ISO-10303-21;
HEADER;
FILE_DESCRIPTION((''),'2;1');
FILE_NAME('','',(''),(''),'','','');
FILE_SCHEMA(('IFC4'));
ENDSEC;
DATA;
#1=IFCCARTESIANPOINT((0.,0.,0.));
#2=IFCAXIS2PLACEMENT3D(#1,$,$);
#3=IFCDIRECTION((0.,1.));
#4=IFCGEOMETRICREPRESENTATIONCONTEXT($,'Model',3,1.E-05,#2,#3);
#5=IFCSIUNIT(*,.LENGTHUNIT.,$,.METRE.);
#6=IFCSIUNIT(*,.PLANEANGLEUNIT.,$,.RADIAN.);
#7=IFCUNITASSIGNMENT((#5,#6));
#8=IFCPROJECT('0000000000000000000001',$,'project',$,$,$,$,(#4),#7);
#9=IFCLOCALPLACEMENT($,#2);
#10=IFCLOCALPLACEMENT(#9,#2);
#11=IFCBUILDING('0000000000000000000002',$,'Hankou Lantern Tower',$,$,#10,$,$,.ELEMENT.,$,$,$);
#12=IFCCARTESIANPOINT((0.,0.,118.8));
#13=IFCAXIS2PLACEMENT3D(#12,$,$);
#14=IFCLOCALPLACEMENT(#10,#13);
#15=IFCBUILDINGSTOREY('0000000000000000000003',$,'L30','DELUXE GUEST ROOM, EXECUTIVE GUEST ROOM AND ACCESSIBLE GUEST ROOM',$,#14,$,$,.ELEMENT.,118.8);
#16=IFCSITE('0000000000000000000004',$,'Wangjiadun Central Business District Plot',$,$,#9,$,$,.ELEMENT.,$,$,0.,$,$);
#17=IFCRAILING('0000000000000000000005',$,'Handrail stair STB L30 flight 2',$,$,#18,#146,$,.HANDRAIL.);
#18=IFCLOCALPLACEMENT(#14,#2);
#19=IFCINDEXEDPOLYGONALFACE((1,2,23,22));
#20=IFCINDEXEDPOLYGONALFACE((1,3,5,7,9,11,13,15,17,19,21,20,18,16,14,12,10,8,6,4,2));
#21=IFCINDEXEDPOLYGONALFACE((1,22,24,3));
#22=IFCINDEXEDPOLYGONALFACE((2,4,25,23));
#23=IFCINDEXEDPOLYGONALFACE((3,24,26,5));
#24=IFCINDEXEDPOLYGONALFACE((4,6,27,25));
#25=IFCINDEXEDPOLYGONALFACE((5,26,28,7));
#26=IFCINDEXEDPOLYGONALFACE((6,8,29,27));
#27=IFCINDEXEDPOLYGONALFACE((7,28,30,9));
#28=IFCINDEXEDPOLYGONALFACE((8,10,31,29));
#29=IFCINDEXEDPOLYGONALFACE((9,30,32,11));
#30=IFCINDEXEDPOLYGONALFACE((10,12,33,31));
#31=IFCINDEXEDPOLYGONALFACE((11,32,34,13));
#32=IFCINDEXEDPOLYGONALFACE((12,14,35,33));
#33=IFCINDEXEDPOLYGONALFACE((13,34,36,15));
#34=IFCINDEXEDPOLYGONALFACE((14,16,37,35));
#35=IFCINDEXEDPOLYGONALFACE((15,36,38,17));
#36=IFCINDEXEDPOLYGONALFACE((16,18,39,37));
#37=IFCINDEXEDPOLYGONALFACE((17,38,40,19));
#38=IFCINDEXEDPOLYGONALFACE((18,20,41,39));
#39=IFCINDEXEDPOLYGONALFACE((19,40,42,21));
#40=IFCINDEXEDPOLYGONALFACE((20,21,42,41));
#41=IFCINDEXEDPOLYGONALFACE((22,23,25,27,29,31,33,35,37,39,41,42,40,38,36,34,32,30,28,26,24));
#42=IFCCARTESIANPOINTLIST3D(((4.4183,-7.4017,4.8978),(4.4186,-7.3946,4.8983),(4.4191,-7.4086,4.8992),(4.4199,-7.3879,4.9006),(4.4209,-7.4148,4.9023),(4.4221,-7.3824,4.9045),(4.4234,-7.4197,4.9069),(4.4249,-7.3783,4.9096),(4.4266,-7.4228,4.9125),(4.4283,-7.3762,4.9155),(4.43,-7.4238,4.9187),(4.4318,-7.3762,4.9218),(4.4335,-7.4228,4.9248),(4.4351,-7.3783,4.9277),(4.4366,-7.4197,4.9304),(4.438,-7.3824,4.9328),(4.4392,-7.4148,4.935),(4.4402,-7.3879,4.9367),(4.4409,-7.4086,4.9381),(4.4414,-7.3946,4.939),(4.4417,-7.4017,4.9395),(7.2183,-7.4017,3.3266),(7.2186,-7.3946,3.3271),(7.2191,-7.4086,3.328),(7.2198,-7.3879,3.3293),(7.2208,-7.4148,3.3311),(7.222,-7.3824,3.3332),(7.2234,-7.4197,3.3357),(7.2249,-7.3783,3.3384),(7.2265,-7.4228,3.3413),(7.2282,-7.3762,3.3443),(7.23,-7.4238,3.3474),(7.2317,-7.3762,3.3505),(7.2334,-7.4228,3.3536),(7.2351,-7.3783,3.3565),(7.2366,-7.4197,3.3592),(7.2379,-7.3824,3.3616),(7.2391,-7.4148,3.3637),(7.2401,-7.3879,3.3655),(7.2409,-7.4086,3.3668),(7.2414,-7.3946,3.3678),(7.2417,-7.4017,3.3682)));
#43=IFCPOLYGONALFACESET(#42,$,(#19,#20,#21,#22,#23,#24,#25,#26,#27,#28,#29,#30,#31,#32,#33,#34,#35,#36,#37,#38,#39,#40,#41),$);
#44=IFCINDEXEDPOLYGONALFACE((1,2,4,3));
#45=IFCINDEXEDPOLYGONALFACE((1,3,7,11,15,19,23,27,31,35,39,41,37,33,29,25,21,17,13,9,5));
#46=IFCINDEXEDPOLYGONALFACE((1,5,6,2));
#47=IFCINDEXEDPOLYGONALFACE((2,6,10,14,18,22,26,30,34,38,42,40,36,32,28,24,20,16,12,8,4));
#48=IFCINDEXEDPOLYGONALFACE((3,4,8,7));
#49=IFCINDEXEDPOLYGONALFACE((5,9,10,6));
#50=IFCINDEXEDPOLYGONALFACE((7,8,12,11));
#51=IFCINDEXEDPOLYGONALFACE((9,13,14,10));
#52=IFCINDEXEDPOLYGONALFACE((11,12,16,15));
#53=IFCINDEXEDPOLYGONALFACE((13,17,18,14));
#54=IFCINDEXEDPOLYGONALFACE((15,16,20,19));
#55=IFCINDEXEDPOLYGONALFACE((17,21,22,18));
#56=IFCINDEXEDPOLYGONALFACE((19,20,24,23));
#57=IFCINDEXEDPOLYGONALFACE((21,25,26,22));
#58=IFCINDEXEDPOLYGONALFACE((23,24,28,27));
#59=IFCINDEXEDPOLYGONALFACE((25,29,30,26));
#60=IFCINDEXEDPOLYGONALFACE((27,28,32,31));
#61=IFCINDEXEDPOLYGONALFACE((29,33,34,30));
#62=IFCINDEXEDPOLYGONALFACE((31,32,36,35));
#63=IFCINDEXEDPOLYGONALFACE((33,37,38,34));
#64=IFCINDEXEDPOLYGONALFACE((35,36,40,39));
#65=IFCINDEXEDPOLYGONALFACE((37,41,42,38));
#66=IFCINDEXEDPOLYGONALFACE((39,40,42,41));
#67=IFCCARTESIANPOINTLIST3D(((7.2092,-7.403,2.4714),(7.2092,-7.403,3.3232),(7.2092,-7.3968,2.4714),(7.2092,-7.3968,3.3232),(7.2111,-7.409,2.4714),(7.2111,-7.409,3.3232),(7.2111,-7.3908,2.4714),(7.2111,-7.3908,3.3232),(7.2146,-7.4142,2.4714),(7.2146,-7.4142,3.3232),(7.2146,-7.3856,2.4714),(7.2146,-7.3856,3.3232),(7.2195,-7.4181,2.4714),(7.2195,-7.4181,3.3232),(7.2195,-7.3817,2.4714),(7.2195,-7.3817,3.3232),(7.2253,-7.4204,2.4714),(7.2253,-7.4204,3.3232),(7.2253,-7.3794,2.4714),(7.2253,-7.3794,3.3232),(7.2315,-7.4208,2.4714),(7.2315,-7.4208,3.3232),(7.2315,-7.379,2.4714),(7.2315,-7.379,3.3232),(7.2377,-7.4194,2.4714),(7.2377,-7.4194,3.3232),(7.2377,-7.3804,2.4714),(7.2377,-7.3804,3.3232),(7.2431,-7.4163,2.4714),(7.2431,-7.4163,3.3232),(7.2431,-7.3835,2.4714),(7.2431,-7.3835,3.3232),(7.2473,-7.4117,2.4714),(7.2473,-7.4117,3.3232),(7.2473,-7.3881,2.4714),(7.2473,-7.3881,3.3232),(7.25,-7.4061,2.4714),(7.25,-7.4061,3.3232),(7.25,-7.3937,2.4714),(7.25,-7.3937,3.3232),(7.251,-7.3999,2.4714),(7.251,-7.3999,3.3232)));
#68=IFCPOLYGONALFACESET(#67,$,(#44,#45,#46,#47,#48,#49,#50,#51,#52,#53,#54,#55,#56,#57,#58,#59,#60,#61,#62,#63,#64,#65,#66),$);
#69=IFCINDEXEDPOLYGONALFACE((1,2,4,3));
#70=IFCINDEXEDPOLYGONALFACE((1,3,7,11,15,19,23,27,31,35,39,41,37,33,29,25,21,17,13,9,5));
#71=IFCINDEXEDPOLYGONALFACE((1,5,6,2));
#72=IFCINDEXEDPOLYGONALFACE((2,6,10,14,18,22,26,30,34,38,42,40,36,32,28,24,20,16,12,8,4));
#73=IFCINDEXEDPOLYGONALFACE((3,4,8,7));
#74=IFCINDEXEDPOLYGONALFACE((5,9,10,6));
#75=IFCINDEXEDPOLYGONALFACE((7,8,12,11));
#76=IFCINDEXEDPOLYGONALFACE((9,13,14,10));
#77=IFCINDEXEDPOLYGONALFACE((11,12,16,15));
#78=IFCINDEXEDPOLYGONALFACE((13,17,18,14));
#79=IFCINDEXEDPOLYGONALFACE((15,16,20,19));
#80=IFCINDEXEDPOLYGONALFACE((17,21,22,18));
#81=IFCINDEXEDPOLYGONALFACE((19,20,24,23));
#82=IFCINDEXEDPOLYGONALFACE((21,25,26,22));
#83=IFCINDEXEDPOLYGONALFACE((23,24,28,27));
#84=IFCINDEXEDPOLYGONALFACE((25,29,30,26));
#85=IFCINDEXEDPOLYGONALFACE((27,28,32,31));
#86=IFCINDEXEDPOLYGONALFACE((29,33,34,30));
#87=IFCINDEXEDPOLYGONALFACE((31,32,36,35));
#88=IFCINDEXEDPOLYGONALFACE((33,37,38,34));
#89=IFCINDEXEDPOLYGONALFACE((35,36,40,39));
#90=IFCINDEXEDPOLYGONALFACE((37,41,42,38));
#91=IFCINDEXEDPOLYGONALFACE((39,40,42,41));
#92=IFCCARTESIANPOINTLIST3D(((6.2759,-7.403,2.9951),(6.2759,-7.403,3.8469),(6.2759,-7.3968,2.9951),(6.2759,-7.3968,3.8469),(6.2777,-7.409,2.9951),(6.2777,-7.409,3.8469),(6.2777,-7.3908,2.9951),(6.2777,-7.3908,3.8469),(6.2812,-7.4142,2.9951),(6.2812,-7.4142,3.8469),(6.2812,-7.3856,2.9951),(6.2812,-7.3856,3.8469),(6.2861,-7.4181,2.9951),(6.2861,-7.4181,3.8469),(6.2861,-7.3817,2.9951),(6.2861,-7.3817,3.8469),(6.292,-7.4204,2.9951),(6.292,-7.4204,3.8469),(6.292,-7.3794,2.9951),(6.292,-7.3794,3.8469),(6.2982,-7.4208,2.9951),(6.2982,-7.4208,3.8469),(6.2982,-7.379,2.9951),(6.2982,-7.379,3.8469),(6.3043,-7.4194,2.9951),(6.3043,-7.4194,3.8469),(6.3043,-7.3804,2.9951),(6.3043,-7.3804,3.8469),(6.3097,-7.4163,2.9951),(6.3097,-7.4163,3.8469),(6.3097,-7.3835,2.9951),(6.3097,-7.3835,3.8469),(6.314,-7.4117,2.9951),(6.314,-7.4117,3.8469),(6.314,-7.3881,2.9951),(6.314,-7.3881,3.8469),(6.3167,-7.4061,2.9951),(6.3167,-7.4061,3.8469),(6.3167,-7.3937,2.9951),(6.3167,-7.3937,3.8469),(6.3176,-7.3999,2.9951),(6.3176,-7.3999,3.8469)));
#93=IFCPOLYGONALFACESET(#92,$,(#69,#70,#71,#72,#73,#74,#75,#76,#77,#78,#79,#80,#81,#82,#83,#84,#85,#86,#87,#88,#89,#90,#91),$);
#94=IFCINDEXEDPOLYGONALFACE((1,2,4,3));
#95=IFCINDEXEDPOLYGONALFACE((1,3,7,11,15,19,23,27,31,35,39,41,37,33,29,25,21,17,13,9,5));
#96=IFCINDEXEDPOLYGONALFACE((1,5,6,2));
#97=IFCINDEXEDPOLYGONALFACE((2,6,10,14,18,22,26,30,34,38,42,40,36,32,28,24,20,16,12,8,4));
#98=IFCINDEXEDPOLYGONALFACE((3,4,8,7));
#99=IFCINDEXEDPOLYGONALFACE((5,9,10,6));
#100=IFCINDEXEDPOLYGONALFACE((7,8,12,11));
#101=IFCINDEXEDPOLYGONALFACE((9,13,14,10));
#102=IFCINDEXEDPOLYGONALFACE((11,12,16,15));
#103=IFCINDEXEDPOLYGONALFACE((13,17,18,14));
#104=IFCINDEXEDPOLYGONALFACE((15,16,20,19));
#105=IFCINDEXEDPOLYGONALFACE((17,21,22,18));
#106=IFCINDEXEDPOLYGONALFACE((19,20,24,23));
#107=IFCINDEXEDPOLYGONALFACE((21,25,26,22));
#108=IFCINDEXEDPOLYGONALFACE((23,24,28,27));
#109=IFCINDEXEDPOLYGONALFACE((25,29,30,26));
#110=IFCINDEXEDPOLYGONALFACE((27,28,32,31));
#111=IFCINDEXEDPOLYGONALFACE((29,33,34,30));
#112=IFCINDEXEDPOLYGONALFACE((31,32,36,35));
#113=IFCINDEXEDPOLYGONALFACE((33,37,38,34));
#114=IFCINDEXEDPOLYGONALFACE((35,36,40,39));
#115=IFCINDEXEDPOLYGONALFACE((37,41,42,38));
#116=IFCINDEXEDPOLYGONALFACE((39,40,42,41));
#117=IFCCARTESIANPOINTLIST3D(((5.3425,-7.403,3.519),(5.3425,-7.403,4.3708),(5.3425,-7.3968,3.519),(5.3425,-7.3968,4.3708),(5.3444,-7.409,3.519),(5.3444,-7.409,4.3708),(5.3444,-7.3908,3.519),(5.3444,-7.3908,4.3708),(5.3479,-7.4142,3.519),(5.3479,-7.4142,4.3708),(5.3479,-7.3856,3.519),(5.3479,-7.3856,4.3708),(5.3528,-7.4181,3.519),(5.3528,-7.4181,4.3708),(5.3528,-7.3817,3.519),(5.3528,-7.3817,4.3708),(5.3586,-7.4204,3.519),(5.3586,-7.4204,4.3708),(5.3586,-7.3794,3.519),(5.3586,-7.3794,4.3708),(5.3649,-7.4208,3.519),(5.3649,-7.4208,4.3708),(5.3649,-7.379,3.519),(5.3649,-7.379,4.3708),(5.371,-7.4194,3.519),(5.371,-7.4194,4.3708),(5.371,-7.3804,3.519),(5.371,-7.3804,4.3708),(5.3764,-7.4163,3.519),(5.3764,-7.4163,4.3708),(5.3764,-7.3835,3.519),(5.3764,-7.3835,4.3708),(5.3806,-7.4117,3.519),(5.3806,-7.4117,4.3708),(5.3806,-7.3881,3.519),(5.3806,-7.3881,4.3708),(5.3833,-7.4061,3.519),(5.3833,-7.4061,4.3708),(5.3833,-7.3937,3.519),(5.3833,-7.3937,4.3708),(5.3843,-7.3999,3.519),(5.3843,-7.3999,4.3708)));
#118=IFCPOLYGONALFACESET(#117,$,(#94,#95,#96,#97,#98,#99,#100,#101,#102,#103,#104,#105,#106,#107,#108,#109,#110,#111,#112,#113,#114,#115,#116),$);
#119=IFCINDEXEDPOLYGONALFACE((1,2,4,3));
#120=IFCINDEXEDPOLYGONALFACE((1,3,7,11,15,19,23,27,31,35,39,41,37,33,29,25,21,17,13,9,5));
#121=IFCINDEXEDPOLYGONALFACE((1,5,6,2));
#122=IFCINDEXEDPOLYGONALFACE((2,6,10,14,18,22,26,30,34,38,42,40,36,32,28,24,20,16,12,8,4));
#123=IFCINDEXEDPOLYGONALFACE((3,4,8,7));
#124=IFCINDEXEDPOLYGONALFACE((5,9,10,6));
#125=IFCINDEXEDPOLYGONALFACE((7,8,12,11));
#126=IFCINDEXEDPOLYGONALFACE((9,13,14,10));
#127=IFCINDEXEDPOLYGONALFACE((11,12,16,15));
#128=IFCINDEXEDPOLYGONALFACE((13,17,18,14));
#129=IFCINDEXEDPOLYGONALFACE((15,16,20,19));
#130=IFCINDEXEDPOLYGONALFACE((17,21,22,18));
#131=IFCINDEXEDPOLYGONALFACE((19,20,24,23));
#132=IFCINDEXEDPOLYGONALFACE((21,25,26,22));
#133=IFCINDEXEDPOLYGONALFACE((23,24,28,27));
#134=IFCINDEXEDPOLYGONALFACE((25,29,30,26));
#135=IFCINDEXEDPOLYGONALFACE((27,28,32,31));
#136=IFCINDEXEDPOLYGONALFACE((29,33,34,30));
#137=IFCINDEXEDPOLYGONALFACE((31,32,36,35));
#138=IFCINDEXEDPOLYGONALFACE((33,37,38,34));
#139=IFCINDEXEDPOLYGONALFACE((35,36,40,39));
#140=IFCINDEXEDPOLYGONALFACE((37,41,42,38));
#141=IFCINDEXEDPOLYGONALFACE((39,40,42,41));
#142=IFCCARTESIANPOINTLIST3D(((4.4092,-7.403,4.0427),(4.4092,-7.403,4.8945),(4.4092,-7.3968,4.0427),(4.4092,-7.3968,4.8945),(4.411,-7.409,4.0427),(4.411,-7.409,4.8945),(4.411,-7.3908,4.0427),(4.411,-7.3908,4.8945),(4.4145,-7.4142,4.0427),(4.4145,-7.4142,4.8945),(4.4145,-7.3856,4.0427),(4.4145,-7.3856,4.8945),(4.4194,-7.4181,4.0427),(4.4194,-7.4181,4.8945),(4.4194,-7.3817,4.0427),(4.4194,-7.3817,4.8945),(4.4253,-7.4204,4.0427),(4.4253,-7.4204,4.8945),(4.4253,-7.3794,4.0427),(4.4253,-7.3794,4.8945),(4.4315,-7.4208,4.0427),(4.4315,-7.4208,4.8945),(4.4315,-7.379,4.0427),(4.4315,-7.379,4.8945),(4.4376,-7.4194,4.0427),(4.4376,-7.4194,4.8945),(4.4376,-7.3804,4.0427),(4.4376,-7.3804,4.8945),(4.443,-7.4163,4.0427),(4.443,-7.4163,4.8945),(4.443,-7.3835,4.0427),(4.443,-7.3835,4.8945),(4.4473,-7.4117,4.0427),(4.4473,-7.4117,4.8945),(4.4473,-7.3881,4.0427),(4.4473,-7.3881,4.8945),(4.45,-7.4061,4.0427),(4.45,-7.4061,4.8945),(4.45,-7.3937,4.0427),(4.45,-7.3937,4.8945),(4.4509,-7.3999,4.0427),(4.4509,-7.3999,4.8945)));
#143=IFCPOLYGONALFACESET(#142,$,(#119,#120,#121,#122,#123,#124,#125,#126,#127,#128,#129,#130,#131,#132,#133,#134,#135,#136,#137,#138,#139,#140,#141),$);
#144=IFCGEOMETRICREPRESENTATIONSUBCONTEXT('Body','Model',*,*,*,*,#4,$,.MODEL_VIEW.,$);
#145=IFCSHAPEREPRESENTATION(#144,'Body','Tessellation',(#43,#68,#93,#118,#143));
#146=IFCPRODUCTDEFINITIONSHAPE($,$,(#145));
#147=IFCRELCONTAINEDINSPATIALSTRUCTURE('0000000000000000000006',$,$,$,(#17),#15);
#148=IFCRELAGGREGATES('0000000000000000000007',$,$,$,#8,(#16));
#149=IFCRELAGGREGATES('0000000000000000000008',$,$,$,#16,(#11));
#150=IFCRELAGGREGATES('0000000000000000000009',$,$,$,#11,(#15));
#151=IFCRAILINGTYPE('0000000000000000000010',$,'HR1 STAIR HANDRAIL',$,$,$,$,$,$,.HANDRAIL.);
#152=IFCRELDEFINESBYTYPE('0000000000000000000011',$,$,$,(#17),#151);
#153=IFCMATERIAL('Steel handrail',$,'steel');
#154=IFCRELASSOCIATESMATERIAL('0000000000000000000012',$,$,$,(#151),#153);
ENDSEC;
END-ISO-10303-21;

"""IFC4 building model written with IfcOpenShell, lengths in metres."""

from ifc_helpers import new_model, si_unit, direction, frame, origin, origin_2d, place, context, subcontext, project, spatial, circle, extrude, material, type_object, element, save


model = new_model("IFC4")

# Units and contexts
model_context = context("Model", 3, precision=1e-05, world=origin(), true_north=direction((0.0, 1.0)))
body_context = subcontext(model_context, "Body", "Model", "MODEL_VIEW")
ifc_project = project(units=[si_unit("LENGTHUNIT", "METRE"), si_unit("PLANEANGLEUNIT", "RADIAN")], contexts=[model_context])

# Site, building, storey
site_placement = place(None, origin())
site = spatial("IfcSite", under=ifc_project, at=site_placement, Name="Wangjiadun Central Business District Plot", CompositionType="ELEMENT", RefElevation=0.0)
building_placement = place(site_placement, origin())
building = spatial("IfcBuilding", under=site, at=building_placement, Name="Hankou Lantern Tower", CompositionType="ELEMENT")
storey_placement = place(building_placement, frame((0.0, 0.0, 118.8)))
storey = spatial("IfcBuildingStorey", under=building, at=storey_placement, Name="L30", Description="DELUXE GUEST ROOM, EXECUTIVE GUEST ROOM AND ACCESSIBLE GUEST ROOM", CompositionType="ELEMENT", Elevation=118.8)

# Railing
ifc_material_1 = material(Name="Steel handrail", Category="steel")
railing_type = type_object("IfcRailingType", Name="HR1 STAIR HANDRAIL", PredefinedType="HANDRAIL", material=ifc_material_1)
railing_1_placement = place(storey_placement, frame((7.23, -7.3999, 2.4714)))
element("IfcRailing", 1, at=railing_1_placement, inside=storey, type_object=railing_type, Name="Handrail stair STB L30 flight 2", PredefinedType="HANDRAIL", context=body_context, shape_type="SweptSolid", body=[
    extrude(circle(Radius=0.0239, at=origin_2d()), frame((0.0, 0.0, 0.876), z_axis=(-0.872073, 0.0, 0.489377), x_axis=(0.0, -1.0, 0.0)), (0.0, 0.0, 1.0), 3.2107),
    extrude(circle(Radius=0.021, at=origin_2d()), origin(), (0.0, 0.0, 1.0), 0.8518),
    extrude(circle(Radius=0.021, at=origin_2d()), frame((-0.9333, 0.0, 0.5237)), (0.0, 0.0, 1.0), 0.8518),
    extrude(circle(Radius=0.021, at=origin_2d()), frame((-1.8667, 0.0, 1.0476)), (0.0, 0.0, 1.0), 0.8518),
    extrude(circle(Radius=0.021, at=origin_2d()), frame((-2.8, 0.0, 1.5713)), (0.0, 0.0, 1.0), 0.8518),
])

save(model, "model.ifc")
